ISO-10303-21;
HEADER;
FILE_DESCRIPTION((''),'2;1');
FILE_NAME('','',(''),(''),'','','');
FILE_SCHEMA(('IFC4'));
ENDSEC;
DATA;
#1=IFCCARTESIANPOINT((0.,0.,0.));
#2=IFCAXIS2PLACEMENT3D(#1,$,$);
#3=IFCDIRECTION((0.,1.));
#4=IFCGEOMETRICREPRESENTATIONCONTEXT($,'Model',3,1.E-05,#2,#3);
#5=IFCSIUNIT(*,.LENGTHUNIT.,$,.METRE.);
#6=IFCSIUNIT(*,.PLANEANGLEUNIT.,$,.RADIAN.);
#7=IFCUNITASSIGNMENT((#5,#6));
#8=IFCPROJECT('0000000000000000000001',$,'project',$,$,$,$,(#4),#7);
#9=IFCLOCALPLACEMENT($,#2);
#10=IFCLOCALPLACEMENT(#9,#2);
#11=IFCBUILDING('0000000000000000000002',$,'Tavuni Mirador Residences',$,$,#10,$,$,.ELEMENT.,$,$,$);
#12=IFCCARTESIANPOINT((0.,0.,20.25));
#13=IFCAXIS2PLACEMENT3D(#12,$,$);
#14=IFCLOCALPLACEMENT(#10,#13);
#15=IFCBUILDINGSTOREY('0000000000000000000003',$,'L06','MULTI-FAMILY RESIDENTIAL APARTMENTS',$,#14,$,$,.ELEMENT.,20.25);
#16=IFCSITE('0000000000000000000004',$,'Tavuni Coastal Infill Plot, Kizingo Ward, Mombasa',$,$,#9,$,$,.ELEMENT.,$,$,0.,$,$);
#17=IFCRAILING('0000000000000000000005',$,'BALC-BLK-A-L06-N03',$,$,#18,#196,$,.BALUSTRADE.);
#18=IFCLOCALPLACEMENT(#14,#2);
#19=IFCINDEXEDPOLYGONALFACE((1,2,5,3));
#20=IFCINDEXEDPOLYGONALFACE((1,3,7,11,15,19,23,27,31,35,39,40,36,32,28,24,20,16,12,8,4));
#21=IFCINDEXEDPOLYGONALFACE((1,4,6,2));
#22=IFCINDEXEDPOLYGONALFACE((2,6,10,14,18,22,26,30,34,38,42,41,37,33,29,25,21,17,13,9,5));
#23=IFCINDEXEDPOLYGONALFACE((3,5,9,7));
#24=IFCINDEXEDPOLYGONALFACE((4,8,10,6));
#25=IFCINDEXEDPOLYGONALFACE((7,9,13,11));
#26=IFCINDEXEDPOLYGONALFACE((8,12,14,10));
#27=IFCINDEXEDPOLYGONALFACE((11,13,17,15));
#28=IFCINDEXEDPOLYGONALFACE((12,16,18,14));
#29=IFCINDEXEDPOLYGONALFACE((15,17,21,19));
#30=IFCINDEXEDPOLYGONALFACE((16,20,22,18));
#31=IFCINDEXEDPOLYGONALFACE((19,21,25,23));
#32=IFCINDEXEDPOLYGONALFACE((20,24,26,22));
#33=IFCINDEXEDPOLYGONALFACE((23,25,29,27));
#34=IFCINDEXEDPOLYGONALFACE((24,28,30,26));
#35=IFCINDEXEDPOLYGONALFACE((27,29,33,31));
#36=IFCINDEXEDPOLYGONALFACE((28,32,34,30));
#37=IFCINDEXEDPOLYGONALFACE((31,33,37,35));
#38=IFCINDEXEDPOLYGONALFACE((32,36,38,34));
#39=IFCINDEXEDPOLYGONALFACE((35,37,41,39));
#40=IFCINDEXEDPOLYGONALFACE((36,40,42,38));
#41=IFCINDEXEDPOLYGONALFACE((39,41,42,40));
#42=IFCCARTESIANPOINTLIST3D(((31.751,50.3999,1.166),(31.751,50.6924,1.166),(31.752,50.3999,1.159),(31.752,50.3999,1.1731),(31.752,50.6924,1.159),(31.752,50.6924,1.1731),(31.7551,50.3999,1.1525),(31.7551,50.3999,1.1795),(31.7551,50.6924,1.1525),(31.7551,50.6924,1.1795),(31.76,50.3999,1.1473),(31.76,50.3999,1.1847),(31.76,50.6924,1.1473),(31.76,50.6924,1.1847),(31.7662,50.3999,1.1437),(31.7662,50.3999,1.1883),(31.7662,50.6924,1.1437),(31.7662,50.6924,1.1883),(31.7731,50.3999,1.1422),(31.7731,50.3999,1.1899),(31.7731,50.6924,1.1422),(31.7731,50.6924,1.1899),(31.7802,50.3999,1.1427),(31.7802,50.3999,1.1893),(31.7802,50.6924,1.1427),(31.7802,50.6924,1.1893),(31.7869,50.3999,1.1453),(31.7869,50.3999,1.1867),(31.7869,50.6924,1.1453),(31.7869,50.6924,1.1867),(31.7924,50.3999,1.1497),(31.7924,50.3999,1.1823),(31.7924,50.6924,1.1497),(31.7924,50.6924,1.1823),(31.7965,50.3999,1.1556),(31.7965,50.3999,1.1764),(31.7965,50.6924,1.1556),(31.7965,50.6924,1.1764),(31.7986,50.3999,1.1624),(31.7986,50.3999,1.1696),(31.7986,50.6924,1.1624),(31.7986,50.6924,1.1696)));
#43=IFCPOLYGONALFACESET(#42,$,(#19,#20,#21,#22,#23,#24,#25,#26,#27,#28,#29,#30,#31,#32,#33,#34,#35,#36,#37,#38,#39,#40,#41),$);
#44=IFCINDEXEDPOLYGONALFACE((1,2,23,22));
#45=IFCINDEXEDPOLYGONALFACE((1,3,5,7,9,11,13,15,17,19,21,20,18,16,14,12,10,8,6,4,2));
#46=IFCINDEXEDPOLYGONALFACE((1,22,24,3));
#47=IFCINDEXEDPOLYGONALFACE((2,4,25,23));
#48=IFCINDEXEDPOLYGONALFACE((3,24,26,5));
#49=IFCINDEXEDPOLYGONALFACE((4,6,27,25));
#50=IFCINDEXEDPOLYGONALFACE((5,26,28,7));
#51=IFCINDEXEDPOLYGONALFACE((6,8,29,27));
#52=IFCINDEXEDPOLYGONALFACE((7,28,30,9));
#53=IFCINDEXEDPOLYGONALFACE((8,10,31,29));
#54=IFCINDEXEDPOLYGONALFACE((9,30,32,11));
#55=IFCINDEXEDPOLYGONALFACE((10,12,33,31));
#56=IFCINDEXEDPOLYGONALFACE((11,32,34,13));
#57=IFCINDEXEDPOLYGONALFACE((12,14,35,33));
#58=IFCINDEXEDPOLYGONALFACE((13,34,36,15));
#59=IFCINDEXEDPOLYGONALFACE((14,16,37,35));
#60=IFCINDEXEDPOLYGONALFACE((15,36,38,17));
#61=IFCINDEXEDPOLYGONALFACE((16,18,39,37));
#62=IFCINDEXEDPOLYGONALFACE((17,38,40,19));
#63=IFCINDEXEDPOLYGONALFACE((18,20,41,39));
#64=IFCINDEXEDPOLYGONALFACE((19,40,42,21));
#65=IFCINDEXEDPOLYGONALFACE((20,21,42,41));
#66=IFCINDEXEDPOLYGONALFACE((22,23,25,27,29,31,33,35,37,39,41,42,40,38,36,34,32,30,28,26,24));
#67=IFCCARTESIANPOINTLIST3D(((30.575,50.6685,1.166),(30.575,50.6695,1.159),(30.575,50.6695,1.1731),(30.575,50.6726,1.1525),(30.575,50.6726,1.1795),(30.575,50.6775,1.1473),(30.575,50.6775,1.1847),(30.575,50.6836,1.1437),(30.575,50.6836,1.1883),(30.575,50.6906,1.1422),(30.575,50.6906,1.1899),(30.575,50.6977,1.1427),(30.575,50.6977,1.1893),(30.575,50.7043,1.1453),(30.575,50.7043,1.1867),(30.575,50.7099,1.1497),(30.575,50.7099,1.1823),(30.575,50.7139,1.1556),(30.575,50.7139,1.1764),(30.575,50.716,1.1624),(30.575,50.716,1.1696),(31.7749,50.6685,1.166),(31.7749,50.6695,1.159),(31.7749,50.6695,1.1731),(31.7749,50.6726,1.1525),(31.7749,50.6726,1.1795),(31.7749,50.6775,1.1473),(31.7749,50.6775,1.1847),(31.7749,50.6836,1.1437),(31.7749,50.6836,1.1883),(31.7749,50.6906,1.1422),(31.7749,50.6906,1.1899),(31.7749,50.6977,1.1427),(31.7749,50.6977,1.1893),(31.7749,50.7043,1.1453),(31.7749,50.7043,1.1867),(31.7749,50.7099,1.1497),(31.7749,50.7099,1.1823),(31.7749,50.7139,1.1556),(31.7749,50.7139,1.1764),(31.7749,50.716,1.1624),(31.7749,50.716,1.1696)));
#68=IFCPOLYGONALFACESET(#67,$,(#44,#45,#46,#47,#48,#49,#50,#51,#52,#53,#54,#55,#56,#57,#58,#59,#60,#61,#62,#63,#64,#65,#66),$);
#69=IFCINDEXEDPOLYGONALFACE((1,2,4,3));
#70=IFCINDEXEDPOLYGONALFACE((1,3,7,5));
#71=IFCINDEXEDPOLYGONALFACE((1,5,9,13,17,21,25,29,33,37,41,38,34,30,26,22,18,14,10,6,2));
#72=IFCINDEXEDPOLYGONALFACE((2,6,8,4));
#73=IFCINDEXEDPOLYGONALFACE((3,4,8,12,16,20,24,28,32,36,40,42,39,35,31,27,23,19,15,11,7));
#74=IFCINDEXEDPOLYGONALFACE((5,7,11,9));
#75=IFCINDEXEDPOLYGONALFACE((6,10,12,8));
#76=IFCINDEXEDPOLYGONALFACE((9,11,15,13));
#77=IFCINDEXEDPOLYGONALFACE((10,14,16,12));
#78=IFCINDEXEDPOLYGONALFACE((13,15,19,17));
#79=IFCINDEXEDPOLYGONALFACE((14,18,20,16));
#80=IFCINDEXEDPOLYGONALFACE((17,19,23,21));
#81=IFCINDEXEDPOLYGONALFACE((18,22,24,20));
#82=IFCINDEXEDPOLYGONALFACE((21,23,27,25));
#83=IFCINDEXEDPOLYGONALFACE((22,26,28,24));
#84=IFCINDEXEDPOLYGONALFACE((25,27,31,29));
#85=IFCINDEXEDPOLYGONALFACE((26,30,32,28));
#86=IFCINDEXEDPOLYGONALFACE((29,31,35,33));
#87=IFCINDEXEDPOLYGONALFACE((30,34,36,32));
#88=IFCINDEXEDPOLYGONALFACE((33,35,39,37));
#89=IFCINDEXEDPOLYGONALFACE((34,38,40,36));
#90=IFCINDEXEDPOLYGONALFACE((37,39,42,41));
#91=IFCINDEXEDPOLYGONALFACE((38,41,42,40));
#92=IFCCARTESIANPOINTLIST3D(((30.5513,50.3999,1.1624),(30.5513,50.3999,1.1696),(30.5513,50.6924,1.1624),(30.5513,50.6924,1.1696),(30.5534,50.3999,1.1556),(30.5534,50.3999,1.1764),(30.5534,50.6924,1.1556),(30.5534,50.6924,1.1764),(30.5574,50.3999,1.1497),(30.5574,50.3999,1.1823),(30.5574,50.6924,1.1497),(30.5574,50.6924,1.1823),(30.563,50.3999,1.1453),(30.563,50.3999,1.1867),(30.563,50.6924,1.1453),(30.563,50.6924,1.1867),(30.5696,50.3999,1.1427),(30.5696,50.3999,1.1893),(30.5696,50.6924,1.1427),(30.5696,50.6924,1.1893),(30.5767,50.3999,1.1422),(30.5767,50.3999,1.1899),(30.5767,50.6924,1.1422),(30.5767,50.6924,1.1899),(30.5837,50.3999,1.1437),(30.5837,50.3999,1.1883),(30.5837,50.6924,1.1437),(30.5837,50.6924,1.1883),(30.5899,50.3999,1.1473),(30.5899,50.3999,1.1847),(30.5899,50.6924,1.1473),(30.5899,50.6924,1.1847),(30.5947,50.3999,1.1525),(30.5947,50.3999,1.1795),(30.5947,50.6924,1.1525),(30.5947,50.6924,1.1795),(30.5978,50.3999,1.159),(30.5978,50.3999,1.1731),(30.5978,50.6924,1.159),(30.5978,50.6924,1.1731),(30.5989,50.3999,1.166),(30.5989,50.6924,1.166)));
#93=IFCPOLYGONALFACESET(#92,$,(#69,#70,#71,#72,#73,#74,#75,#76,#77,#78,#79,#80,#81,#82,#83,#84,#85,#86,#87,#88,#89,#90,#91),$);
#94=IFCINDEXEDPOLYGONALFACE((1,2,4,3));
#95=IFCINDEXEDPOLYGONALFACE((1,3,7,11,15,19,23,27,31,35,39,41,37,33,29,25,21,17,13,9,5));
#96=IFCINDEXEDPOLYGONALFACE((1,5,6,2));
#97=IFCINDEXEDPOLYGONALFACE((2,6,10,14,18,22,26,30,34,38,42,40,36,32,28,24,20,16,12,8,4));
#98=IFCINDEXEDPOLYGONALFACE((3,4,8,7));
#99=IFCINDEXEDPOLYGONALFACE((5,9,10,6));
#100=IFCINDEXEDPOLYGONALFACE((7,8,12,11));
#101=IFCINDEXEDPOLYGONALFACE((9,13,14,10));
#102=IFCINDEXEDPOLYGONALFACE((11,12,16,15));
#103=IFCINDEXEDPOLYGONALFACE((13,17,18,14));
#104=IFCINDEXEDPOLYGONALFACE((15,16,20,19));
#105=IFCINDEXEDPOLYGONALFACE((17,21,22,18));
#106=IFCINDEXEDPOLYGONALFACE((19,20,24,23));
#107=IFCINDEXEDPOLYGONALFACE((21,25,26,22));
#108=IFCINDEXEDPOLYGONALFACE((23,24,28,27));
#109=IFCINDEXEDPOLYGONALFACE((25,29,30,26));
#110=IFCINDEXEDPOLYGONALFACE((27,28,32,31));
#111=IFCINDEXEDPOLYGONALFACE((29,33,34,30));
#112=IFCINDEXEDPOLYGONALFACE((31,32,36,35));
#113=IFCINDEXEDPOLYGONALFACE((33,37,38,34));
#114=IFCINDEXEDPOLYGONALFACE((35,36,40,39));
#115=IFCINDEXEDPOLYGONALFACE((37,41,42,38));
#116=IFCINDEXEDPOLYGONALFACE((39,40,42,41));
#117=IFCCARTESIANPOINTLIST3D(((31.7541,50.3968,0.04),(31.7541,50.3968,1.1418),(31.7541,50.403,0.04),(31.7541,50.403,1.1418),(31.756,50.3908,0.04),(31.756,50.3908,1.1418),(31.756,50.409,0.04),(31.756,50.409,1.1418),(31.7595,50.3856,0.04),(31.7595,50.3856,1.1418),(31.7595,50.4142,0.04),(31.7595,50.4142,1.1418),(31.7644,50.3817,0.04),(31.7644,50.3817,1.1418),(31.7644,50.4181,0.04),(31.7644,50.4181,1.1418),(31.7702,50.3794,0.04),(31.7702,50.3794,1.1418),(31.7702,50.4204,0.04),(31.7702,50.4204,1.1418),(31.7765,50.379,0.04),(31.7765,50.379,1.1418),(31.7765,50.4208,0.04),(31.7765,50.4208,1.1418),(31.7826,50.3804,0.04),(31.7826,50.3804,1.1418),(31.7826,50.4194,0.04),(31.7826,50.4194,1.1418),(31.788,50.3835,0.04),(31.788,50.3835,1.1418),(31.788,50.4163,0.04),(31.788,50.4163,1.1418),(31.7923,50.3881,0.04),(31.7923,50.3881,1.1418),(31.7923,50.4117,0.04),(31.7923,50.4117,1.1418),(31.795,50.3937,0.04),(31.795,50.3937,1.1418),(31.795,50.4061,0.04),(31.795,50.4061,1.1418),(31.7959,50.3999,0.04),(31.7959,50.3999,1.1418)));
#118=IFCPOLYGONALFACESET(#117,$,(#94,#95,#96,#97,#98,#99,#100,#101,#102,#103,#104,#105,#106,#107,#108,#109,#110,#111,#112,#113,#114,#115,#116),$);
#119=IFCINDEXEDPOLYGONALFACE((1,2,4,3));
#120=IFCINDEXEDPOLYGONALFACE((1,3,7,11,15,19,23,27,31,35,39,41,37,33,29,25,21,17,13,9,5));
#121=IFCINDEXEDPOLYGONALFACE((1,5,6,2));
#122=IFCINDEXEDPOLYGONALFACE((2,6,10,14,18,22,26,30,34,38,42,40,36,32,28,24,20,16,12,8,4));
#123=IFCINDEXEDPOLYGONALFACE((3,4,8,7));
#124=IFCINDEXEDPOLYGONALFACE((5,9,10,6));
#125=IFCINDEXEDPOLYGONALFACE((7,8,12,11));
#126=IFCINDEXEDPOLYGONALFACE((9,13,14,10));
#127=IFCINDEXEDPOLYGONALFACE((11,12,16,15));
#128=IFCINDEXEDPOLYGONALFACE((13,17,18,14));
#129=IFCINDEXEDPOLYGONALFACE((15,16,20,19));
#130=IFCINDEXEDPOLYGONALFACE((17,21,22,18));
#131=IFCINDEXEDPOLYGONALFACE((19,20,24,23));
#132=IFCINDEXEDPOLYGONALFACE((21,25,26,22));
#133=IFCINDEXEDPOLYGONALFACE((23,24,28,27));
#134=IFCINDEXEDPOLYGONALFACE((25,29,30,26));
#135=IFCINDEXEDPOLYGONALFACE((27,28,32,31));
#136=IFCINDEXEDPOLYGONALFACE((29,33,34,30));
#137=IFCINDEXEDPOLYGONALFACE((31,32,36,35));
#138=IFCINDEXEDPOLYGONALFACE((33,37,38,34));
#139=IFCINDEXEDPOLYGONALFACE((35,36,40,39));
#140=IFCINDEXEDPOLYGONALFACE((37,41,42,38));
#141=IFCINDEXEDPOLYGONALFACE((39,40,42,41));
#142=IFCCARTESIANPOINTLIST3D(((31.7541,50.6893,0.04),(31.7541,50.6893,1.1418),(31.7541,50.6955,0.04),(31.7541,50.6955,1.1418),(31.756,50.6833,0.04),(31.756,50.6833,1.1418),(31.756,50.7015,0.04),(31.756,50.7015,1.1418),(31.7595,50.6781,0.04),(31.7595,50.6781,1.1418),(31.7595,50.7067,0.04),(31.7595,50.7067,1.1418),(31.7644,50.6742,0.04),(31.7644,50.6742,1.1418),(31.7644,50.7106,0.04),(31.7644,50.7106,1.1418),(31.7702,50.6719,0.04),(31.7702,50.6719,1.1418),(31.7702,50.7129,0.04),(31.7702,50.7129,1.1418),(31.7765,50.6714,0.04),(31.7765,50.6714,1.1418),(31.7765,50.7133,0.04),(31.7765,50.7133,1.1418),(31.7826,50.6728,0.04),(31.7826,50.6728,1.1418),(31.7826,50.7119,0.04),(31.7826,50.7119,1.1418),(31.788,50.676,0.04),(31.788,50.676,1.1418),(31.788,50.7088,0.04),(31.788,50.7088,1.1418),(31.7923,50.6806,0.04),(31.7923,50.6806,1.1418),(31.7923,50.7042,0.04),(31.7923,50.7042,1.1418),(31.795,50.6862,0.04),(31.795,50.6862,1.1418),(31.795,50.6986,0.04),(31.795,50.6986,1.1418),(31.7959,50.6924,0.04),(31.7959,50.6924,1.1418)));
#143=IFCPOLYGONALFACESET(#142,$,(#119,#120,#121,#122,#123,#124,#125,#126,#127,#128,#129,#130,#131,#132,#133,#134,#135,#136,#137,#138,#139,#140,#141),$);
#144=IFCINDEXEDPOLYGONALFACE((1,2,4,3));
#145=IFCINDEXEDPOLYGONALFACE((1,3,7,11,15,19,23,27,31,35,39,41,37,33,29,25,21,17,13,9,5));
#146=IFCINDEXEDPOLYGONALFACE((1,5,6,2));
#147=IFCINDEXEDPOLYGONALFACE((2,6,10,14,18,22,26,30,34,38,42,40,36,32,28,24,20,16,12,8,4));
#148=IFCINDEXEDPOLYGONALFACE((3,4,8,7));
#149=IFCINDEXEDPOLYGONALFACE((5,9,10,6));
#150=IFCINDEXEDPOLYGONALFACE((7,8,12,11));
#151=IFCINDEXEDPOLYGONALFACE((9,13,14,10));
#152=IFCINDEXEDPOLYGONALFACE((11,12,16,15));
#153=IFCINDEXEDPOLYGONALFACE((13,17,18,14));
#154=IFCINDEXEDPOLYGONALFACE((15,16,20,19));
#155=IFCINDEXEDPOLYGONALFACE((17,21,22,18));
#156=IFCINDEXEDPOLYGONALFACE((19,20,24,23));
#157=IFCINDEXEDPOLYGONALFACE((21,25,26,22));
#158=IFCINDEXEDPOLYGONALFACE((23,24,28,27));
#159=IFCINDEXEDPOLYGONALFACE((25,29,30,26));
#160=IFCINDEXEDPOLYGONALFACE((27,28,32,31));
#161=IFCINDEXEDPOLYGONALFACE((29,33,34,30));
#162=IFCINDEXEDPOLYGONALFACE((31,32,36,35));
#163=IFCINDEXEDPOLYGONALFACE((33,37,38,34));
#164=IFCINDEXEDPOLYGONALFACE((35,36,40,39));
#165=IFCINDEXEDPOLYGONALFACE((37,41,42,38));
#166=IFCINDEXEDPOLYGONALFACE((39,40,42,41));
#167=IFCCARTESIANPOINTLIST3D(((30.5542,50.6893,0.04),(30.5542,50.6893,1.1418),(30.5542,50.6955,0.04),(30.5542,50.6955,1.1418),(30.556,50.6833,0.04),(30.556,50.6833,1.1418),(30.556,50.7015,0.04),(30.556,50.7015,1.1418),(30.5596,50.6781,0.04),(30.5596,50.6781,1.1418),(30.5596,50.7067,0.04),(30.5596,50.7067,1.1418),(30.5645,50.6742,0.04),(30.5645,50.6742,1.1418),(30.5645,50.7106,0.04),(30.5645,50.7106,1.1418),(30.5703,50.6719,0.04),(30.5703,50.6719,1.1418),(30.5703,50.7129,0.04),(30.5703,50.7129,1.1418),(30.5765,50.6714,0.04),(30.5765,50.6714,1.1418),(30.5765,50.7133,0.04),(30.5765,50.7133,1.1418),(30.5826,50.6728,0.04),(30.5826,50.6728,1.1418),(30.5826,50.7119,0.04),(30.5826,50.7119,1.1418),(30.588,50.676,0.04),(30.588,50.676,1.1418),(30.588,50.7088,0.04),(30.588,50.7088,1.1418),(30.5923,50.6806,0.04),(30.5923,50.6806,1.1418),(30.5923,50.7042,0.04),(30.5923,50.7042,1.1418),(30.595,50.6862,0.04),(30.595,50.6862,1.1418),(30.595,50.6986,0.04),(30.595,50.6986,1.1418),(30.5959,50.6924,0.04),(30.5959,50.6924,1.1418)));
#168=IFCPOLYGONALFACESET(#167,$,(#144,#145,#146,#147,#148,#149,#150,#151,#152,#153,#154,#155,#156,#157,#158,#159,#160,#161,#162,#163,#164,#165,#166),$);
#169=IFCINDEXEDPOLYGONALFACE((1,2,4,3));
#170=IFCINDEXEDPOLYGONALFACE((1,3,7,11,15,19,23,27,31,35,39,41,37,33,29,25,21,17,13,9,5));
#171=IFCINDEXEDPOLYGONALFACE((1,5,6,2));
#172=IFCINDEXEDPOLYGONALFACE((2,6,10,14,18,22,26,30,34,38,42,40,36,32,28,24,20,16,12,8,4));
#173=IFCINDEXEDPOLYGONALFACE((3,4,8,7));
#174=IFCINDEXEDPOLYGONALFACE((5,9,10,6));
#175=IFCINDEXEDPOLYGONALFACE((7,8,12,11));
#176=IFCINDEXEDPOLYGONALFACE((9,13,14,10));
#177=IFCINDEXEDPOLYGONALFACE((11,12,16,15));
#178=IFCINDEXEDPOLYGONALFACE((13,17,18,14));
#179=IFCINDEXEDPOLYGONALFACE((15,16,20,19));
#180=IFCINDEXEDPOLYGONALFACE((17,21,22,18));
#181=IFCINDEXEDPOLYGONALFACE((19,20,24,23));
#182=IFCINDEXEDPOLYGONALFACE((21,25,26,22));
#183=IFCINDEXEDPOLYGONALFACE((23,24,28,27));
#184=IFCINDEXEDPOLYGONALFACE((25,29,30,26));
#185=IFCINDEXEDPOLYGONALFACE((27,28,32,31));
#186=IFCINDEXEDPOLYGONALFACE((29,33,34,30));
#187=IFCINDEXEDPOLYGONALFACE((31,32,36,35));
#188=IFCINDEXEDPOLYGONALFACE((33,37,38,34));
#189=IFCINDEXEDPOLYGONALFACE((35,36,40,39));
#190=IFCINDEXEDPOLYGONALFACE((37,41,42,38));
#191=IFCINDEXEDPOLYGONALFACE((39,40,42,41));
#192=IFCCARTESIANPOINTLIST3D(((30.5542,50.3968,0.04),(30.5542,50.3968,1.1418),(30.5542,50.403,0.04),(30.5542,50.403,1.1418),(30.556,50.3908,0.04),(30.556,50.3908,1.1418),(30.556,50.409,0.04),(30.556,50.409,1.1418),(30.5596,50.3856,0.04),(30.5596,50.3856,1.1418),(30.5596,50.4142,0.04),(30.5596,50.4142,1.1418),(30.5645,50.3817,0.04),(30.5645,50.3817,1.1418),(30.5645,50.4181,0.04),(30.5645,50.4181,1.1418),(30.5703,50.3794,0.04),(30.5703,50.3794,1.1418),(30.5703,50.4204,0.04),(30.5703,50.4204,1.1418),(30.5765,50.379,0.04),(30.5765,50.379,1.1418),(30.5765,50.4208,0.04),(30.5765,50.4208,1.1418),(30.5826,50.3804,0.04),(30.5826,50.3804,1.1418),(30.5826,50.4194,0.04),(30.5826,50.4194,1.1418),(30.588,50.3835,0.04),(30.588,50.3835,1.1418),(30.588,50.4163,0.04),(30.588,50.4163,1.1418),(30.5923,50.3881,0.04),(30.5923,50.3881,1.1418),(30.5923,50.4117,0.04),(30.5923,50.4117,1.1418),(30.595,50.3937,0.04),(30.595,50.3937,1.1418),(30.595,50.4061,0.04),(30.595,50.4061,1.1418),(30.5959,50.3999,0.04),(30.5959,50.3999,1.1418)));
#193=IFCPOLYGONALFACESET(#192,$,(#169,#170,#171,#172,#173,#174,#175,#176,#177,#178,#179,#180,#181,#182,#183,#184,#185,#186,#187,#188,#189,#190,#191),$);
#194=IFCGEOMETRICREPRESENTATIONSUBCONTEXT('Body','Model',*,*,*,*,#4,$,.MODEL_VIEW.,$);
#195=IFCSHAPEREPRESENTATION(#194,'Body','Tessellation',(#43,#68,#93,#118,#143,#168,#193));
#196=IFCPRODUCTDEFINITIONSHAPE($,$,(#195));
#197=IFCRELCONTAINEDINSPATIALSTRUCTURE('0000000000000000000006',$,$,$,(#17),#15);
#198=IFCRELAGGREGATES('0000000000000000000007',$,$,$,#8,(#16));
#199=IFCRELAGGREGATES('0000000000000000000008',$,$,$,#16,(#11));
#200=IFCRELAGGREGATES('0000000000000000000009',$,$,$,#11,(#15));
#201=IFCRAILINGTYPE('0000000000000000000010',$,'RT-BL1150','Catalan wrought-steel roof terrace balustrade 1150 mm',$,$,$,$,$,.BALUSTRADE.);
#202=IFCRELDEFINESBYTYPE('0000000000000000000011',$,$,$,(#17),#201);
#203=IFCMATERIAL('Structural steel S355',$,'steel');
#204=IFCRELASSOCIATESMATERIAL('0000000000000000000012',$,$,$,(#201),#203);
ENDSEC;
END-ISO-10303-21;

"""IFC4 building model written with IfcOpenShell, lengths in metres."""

from ifc_helpers import new_model, si_unit, direction, frame, origin, origin_2d, place, context, subcontext, project, spatial, circle, extrude, material, type_object, element, save


model = new_model("IFC4")

# Units and contexts
model_context = context("Model", 3, precision=1e-05, world=origin(), true_north=direction((0.0, 1.0)))
body_context = subcontext(model_context, "Body", "Model", "MODEL_VIEW")
ifc_project = project(units=[si_unit("LENGTHUNIT", "METRE"), si_unit("PLANEANGLEUNIT", "RADIAN")], contexts=[model_context])

# Site, building, storey
site_placement = place(None, origin())
site = spatial("IfcSite", under=ifc_project, at=site_placement, Name="Tavuni Coastal Infill Plot, Kizingo Ward, Mombasa", CompositionType="ELEMENT", RefElevation=0.0)
building_placement = place(site_placement, origin())
building = spatial("IfcBuilding", under=site, at=building_placement, Name="Tavuni Mirador Residences", CompositionType="ELEMENT")
storey_placement = place(building_placement, frame((0.0, 0.0, 20.25)))
storey = spatial("IfcBuildingStorey", under=building, at=storey_placement, Name="L06", Description="MULTI-FAMILY RESIDENTIAL APARTMENTS", CompositionType="ELEMENT", Elevation=20.25)

# Railing
ifc_material_1 = material(Name="Structural steel S355", Category="steel")
railing_type = type_object("IfcRailingType", Name="RT-BL1150", Description="Catalan wrought-steel roof terrace balustrade 1150 mm", PredefinedType="BALUSTRADE", material=ifc_material_1)
railing_1_placement = place(storey_placement, frame((31.7749, 50.3999, 0.04)))
element("IfcRailing", 1, at=railing_1_placement, inside=storey, type_object=railing_type, Name="BALC-BLK-A-L06-N03", PredefinedType="BALUSTRADE", context=body_context, shape_type="SweptSolid", body=[
    extrude(circle(Radius=0.0239, at=origin_2d()), frame((0.0, 0.0, 1.126), z_axis=(0.0, 1.0, 0.0), x_axis=(-1.0, 0.0, 0.0)), (0.0, 0.0, 1.0), 0.2925),
    extrude(circle(Radius=0.0239, at=origin_2d()), frame((0.0, 0.2925, 1.126), z_axis=(-1.0, 0.0, 0.0), x_axis=(0.0, -1.0, 0.0)), (0.0, 0.0, 1.0), 1.2),
    extrude(circle(Radius=0.0239, at=origin_2d()), frame((-1.2, 0.2925, 1.126), z_axis=(0.0, -1.0, 0.0), x_axis=(1.0, 0.0, 0.0)), (0.0, 0.0, 1.0), 0.2925),
    extrude(circle(Radius=0.021, at=origin_2d()), origin(), (0.0, 0.0, 1.0), 1.1018),
    extrude(circle(Radius=0.021, at=origin_2d()), frame((0.0, 0.2925, 0.0)), (0.0, 0.0, 1.0), 1.1018),
    extrude(circle(Radius=0.021, at=origin_2d()), frame((-1.2, 0.2925, 0.0)), (0.0, 0.0, 1.0), 1.1018),
    extrude(circle(Radius=0.021, at=origin_2d()), frame((-1.2, 0.0, 0.0)), (0.0, 0.0, 1.0), 1.1018),
])

save(model, "model.ifc")
